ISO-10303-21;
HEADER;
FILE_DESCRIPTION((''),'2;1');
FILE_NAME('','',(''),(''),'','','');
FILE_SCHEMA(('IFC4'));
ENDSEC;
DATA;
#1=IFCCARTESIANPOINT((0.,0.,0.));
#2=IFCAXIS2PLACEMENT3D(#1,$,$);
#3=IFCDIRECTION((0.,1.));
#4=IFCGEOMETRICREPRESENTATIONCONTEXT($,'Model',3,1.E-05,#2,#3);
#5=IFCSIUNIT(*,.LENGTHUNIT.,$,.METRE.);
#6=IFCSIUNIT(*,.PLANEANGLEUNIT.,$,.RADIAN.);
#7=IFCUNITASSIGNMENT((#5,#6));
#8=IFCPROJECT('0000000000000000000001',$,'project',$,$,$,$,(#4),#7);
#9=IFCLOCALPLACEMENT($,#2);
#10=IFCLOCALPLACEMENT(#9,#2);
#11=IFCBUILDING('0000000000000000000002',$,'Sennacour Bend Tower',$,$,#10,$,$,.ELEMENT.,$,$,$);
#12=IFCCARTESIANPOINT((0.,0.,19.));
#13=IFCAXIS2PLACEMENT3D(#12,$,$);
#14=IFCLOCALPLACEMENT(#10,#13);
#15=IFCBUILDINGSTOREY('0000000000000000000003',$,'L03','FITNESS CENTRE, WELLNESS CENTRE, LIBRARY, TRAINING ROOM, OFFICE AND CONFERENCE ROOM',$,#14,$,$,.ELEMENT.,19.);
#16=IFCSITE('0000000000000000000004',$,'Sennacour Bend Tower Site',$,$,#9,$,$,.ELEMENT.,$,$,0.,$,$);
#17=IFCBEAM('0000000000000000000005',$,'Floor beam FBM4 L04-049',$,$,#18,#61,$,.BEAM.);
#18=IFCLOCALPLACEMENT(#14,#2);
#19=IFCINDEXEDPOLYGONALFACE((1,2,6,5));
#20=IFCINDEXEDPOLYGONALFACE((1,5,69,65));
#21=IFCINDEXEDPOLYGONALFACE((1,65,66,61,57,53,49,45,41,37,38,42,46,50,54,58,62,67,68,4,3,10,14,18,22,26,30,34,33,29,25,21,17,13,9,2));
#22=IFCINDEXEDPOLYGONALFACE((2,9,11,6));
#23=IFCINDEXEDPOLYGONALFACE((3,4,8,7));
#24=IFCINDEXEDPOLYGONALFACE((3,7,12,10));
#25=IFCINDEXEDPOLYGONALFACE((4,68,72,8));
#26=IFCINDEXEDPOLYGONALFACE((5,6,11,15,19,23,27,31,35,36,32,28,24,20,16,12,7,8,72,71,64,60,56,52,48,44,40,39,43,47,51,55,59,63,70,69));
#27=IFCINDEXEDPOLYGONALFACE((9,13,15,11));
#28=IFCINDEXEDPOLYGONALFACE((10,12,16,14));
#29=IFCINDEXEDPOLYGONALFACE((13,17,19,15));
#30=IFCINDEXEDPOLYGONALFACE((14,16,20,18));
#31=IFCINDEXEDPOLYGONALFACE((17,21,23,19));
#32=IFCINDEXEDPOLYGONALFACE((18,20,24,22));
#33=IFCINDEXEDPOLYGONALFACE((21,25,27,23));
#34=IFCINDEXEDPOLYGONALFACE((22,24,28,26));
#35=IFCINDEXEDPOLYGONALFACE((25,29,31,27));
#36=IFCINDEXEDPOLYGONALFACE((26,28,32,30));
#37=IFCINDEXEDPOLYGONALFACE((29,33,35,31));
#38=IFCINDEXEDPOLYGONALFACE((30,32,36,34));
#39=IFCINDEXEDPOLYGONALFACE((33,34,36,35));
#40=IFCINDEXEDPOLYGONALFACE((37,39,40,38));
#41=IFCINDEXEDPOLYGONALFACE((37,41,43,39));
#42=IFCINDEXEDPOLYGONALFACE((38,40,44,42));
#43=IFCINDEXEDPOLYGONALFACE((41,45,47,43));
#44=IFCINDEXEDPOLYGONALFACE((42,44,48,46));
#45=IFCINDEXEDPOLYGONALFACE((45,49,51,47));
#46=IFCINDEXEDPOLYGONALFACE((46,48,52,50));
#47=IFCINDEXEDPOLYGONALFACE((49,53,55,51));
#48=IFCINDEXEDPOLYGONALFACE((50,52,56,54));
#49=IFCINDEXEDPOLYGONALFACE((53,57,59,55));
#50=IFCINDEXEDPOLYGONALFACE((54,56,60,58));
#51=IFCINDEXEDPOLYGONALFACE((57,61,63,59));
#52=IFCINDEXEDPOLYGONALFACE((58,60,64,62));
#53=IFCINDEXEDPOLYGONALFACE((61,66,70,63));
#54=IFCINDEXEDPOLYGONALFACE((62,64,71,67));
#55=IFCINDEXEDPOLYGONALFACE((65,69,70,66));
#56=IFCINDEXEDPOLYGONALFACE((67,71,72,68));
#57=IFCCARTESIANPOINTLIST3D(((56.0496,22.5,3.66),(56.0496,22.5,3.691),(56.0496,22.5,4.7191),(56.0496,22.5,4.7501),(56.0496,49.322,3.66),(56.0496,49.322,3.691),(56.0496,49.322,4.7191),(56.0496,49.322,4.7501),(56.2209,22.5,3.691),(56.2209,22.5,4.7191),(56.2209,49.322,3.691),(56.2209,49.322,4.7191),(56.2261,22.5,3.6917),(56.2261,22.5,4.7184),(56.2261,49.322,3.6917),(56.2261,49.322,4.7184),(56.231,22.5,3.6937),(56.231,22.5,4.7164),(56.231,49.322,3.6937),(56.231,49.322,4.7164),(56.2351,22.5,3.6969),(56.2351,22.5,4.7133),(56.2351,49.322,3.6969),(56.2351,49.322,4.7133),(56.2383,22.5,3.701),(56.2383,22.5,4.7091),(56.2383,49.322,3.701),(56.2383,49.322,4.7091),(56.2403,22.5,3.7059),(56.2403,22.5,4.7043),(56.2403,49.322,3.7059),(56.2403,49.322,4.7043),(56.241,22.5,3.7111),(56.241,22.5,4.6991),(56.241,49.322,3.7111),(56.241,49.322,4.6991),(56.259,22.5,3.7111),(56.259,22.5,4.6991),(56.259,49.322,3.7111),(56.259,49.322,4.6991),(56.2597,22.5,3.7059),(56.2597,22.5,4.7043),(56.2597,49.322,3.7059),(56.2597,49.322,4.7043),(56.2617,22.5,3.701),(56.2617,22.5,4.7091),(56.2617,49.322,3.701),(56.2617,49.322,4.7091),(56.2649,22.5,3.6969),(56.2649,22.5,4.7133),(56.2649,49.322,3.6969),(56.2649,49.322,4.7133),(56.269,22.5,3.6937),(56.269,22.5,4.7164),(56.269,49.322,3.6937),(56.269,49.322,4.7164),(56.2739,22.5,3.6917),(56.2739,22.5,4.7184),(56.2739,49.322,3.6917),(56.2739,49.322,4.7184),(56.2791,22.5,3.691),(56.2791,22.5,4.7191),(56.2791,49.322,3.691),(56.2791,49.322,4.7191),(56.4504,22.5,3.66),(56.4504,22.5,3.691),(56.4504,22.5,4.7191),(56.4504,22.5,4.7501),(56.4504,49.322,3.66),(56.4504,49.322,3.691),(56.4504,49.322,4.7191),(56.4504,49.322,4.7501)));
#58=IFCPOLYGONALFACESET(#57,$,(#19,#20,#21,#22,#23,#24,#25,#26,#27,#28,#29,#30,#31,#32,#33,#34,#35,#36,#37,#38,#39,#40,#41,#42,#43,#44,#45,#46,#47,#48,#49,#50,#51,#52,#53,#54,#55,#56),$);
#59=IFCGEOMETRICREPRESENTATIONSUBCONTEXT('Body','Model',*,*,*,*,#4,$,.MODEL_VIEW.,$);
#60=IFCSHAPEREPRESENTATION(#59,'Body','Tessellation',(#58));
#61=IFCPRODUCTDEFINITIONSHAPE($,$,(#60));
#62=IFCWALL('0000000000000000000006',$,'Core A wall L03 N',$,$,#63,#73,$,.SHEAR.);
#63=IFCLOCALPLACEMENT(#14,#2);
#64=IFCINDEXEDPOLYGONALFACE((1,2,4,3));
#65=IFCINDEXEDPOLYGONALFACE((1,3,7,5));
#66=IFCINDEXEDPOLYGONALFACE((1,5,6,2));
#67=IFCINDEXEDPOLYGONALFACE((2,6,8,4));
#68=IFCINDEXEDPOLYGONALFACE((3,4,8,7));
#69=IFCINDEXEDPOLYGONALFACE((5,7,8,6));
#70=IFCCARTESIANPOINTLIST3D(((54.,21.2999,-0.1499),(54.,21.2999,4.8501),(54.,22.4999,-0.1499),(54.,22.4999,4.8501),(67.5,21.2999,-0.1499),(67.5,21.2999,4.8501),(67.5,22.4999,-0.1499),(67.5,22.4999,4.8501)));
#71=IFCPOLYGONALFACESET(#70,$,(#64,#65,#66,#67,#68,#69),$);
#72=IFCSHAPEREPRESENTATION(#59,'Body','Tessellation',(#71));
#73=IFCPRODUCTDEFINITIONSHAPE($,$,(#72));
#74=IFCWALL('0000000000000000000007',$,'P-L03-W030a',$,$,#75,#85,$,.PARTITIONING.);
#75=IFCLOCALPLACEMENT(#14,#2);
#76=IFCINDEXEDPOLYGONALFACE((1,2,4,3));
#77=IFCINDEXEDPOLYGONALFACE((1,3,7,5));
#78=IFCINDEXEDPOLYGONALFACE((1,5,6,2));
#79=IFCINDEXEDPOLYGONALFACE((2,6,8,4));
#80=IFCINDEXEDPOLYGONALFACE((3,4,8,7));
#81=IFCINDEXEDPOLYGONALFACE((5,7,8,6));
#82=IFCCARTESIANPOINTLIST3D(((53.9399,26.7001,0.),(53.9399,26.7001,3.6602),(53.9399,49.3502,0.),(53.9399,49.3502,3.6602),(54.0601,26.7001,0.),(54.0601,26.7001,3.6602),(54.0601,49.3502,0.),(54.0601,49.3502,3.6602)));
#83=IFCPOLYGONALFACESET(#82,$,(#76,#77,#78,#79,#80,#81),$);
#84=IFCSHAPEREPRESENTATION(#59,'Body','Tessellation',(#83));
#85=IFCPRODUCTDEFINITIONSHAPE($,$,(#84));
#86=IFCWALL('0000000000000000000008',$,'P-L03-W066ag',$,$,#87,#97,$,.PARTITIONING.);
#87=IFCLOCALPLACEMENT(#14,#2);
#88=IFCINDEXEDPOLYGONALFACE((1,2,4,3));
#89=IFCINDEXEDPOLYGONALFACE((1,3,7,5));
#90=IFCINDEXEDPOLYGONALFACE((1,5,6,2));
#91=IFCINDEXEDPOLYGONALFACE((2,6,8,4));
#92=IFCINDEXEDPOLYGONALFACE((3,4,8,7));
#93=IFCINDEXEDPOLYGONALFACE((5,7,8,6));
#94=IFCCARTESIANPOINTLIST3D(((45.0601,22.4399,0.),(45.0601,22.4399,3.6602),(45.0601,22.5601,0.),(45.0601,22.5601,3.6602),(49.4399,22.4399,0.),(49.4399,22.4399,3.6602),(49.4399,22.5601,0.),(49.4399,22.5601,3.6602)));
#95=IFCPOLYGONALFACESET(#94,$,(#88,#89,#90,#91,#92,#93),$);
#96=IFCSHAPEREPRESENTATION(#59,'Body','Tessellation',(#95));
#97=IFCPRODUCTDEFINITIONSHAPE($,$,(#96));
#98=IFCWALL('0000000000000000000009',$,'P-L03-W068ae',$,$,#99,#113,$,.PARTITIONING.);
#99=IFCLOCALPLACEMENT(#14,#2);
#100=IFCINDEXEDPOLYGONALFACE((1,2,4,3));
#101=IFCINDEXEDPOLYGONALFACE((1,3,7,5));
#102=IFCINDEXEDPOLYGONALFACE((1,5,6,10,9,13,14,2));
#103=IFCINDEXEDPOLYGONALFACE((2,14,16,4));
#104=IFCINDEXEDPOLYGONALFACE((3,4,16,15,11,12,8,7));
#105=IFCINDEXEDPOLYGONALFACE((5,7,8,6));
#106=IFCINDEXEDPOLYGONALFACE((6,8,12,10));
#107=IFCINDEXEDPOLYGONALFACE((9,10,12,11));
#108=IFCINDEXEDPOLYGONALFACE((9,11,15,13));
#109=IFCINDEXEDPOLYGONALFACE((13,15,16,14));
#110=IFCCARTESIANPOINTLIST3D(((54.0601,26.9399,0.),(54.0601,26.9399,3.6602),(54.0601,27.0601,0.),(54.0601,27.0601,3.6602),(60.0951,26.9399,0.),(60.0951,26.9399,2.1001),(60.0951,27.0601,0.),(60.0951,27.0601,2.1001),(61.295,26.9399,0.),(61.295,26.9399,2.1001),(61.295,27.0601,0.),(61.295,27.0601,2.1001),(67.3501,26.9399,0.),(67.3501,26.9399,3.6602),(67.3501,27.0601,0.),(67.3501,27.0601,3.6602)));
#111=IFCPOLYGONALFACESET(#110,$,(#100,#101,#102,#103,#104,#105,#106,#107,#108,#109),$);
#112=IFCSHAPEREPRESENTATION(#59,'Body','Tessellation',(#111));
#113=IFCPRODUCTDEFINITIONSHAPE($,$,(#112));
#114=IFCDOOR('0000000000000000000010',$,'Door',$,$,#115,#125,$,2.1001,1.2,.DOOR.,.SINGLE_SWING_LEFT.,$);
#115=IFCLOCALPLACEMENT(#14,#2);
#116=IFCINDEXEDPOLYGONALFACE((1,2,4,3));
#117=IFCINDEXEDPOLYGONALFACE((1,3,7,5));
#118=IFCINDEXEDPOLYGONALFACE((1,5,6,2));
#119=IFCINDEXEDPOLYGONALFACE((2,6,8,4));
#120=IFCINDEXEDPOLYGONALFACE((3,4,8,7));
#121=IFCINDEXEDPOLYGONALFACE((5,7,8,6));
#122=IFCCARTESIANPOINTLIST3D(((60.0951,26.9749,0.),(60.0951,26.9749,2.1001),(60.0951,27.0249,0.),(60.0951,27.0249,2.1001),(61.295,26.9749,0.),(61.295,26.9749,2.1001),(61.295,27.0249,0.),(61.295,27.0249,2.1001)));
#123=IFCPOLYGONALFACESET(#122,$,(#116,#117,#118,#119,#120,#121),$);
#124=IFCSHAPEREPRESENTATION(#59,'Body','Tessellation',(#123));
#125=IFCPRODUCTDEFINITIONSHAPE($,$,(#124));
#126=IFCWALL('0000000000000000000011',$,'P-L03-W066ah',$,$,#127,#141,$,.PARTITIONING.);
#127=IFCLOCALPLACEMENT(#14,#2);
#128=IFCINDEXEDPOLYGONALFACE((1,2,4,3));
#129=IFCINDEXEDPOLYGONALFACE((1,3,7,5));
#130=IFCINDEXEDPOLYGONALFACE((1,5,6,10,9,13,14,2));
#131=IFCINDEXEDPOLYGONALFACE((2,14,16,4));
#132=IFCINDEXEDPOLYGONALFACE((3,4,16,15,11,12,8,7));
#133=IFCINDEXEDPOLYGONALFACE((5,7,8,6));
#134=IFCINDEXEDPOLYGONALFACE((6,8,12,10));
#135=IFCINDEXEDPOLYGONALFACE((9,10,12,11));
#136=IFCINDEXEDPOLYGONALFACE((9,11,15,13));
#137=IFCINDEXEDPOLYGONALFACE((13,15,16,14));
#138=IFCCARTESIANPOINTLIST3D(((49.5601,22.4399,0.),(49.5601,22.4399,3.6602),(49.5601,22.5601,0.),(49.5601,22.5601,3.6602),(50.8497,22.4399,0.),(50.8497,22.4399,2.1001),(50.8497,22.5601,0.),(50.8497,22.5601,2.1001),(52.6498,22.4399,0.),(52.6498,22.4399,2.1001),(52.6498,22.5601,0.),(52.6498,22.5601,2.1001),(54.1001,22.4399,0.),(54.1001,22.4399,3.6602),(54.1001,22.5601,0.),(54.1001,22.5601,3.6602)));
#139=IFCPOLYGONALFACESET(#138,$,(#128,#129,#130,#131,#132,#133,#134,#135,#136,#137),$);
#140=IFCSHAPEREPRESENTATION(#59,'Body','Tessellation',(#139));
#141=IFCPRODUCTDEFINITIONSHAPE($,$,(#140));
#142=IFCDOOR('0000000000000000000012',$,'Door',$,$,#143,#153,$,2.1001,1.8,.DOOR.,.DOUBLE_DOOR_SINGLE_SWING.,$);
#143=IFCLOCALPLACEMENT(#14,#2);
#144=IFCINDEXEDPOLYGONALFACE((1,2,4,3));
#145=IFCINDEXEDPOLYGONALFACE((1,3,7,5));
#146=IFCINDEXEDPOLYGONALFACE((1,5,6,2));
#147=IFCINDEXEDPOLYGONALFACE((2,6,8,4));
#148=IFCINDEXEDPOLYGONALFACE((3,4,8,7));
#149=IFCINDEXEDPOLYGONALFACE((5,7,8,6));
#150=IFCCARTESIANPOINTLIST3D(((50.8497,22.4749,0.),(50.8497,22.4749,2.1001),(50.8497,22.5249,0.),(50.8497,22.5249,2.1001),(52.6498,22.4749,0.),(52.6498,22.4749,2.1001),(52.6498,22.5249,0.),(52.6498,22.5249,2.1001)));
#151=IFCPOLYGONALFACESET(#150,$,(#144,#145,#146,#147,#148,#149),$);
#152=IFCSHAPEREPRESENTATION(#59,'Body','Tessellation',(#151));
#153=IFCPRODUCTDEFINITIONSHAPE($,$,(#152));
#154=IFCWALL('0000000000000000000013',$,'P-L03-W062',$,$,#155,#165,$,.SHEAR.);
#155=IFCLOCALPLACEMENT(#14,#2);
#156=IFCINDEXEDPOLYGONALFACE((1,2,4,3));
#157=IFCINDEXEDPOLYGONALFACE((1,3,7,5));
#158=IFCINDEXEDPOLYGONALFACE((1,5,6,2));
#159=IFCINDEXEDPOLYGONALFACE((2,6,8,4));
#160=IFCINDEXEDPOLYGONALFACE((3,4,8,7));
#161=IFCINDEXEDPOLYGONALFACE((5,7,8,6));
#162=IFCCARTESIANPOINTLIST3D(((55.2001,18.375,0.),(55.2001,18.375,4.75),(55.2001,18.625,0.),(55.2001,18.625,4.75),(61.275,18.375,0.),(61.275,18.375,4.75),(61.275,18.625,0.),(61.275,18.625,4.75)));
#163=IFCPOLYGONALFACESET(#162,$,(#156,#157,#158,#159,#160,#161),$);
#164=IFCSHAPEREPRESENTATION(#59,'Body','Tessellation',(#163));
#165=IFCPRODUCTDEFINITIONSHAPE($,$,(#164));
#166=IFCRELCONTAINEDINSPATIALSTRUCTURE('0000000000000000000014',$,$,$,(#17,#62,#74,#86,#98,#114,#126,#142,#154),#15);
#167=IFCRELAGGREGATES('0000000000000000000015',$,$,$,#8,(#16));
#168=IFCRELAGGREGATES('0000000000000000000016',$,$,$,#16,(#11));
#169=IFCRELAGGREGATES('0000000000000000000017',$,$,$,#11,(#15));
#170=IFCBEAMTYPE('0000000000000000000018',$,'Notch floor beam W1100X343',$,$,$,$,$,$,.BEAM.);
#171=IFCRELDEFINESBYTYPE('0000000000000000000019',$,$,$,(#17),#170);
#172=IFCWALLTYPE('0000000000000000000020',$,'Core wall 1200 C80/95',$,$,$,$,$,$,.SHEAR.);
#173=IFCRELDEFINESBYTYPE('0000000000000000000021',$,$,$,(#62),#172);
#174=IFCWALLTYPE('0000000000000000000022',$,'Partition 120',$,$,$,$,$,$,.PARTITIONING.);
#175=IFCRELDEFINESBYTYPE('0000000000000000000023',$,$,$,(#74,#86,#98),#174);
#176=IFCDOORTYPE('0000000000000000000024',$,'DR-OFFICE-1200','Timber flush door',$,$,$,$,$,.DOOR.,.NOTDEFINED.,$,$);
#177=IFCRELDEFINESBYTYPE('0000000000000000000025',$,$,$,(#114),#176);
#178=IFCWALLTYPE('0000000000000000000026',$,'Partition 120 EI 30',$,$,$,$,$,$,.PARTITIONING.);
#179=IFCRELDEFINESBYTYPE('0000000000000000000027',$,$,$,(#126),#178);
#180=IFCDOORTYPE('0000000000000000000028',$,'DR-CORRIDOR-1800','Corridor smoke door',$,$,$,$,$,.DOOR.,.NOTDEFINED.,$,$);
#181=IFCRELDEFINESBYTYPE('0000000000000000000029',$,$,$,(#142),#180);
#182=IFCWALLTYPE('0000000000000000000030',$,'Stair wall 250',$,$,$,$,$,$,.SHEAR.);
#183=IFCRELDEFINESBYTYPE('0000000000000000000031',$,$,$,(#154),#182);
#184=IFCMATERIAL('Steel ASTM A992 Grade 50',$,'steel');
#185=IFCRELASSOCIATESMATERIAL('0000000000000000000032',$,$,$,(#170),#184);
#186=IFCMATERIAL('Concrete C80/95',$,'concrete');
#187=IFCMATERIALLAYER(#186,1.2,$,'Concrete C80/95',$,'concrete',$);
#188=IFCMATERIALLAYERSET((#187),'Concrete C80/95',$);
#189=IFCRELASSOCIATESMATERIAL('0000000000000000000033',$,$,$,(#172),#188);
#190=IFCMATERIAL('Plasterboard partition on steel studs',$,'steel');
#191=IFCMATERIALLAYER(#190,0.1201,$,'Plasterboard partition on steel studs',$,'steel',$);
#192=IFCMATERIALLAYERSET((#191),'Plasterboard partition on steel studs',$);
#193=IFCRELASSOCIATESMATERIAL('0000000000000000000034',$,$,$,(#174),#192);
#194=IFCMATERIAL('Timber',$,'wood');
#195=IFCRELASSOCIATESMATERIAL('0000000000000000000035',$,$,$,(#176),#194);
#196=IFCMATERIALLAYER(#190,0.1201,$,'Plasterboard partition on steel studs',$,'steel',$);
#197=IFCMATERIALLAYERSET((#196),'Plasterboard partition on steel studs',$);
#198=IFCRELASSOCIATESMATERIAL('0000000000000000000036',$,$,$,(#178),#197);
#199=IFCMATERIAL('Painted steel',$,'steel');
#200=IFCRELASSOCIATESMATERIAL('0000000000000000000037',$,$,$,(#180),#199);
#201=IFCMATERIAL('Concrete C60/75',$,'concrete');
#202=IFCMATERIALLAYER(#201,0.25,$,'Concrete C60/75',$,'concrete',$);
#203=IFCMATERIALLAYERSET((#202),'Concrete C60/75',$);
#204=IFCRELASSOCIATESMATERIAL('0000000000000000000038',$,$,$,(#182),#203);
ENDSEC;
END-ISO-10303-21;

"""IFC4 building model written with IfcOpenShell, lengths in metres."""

from ifc_helpers import new_model, si_unit, direction, frame, frame_2d, origin, origin_2d, place, context, subcontext, project, spatial, rectangle, i_section, extrude, material, layer, layer_set, material_profile, profile_set, type_object, element, fill, save


model = new_model("IFC4")

# Units and contexts
model_context = context("Model", 3, precision=1e-05, world=origin(), true_north=direction((0.0, 1.0)))
body_context = subcontext(model_context, "Body", "Model", "MODEL_VIEW")
ifc_project = project(units=[si_unit("LENGTHUNIT", "METRE"), si_unit("PLANEANGLEUNIT", "RADIAN")], contexts=[model_context])

# Site, building, storey
site_placement = place(None, origin())
site = spatial("IfcSite", under=ifc_project, at=site_placement, Name="Sennacour Bend Tower Site", CompositionType="ELEMENT", RefElevation=0.0)
building_placement = place(site_placement, origin())
building = spatial("IfcBuilding", under=site, at=building_placement, Name="Sennacour Bend Tower", CompositionType="ELEMENT")
storey_placement = place(building_placement, frame((0.0, 0.0, 19.0)))
storey = spatial("IfcBuildingStorey", under=building, at=storey_placement, Name="L03", Description="FITNESS CENTRE, WELLNESS CENTRE, LIBRARY, TRAINING ROOM, OFFICE AND CONFERENCE ROOM", CompositionType="ELEMENT", Elevation=19.0)

# Beam
ifc_material_1 = material(Name="Steel ASTM A992 Grade 50", Category="steel")
ifc_material_profile_1 = material_profile(ifc_material_1, i_section(OverallWidth=0.4009, OverallDepth=1.0901, WebThickness=0.0181, FlangeThickness=0.031, FilletRadius=0.02, at=origin_2d()), Name="Steel ASTM A992 Grade 50", Category="steel")
ifc_profile_set_1 = profile_set([ifc_material_profile_1], Name="Steel ASTM A992 Grade 50")
beam_type_1 = type_object("IfcBeamType", Name="Notch floor beam W1100X343", PredefinedType="BEAM", material=ifc_profile_set_1)
beam_1_placement = place(storey_placement, frame((56.25, 22.5, 4.2051), z_axis=(0.0, 1.0, 0.0), x_axis=(-1.0, 0.0, 0.0)))
element("IfcBeam", 1, at=beam_1_placement, inside=storey, type_object=beam_type_1, Name="Floor beam FBM4 L04-049", PredefinedType="BEAM", context=body_context, shape_type="SweptSolid", body=[
    extrude(i_section(OverallWidth=0.4009, OverallDepth=1.0901, WebThickness=0.0181, FlangeThickness=0.031, FilletRadius=0.02, at=origin_2d()), origin(), (0.0, 0.0, 1.0), 26.822),
])

# Walls
ifc_material_2 = material(Name="Concrete C80/95", Category="concrete")
ifc_layer_1 = layer(ifc_material_2, 1.2, Name="Concrete C80/95", Category="concrete")
ifc_layer_set_1 = layer_set([ifc_layer_1], Name="Concrete C80/95")
wall_type_1 = type_object("IfcWallType", Name="Core wall 1200 C80/95", PredefinedType="SHEAR", material=ifc_layer_set_1)
wall_1_placement = place(storey_placement, frame((54.0, 21.8999, -0.1499), z_axis=(0.0, 0.0, 1.0), x_axis=(1.0, 0.0, 0.0)))
element("IfcWall", 2, at=wall_1_placement, inside=storey, type_object=wall_type_1, Name="Core A wall L03 N", PredefinedType="SHEAR", context=body_context, shape_type="SweptSolid", body=[
    extrude(rectangle(XDim=13.5, YDim=1.2, at=frame_2d((6.75, 0.0))), origin(), (0.0, 0.0, 1.0), 5.0),
])
ifc_material_3 = material(Name="Plasterboard partition on steel studs", Category="steel")
ifc_layer_2 = layer(ifc_material_3, 0.1201, Name="Plasterboard partition on steel studs", Category="steel")
ifc_layer_set_2 = layer_set([ifc_layer_2], Name="Plasterboard partition on steel studs")
wall_type_2 = type_object("IfcWallType", Name="Partition 120", PredefinedType="PARTITIONING", material=ifc_layer_set_2)
wall_2_placement = place(storey_placement, frame((54.0, 26.7, 0.0), z_axis=(0.0, 0.0, 1.0), x_axis=(0.0, 1.0, 0.0)))
element("IfcWall", 3, at=wall_2_placement, inside=storey, type_object=wall_type_2, Name="P-L03-W030a", PredefinedType="PARTITIONING", context=body_context, shape_type="SweptSolid", body=[
    extrude(rectangle(XDim=22.6501, YDim=0.1201, at=frame_2d((11.3252, 0.0))), origin(), (0.0, 0.0, 1.0), 3.6602),
])
wall_3_placement = place(storey_placement, frame((45.0601, 22.5, 0.0), z_axis=(0.0, 0.0, 1.0), x_axis=(1.0, 0.0, 0.0)))
element("IfcWall", 4, at=wall_3_placement, inside=storey, type_object=wall_type_2, Name="P-L03-W066ag", PredefinedType="PARTITIONING", context=body_context, shape_type="SweptSolid", body=[
    extrude(rectangle(XDim=4.3799, YDim=0.1201, at=frame_2d((2.1899, 0.0))), origin(), (0.0, 0.0, 1.0), 3.6602),
])

# Walls, openings, doors
wall_4_placement = place(storey_placement, frame((54.0601, 27.0, 0.0), z_axis=(0.0, 0.0, 1.0), x_axis=(1.0, 0.0, 0.0)))
wall_4 = element("IfcWall", 5, at=wall_4_placement, inside=storey, type_object=wall_type_2, Name="P-L03-W068ae", PredefinedType="PARTITIONING", context=body_context, shape_type="SweptSolid", body=[
    extrude(rectangle(XDim=13.29, YDim=0.1201, at=frame_2d((6.645, 0.0))), origin(), (0.0, 0.0, 1.0), 3.6602),
])
opening_1_placement = place(wall_4_placement, frame((6.0349, 0.0, 0.0)))
opening_1 = element("IfcOpeningElement", 6, at=opening_1_placement, cuts=wall_4, PredefinedType="OPENING", context=body_context, shape_type="SweptSolid", body=[
    extrude(rectangle(XDim=1.2, YDim=2.1001, at=frame_2d((0.6001, 1.05))), frame((0.0, 0.0701, 0.0), z_axis=(0.0, -1.0, 0.0), x_axis=(1.0, 0.0, 0.0)), (0.0, 0.0, 1.0), 0.1401),
])
ifc_material_4 = material(Name="Timber", Category="wood")
door_type_1 = type_object("IfcDoorType", Name="DR-OFFICE-1200", Description="Timber flush door", OperationType="NOTDEFINED", PredefinedType="DOOR", material=ifc_material_4)
door_1_placement = place(opening_1_placement, origin())
door_1 = element("IfcDoor", 7, at=door_1_placement, inside=storey, type_object=door_type_1, Name="Door", OperationType="SINGLE_SWING_LEFT", OverallHeight=2.1001, OverallWidth=1.2, PredefinedType="DOOR", context=body_context, shape_type="SweptSolid", body=[
    extrude(rectangle(XDim=1.2, YDim=2.1001, at=frame_2d((0.6001, 1.05))), frame((0.0, 0.0249, 0.0), z_axis=(0.0, -1.0, 0.0), x_axis=(1.0, 0.0, 0.0)), (0.0, 0.0, 1.0), 0.05),
])
fill(opening_1, door_1)
ifc_layer_3 = layer(ifc_material_3, 0.1201, Name="Plasterboard partition on steel studs", Category="steel")
ifc_layer_set_3 = layer_set([ifc_layer_3], Name="Plasterboard partition on steel studs")
wall_type_3 = type_object("IfcWallType", Name="Partition 120 EI 30", PredefinedType="PARTITIONING", material=ifc_layer_set_3)
wall_5_placement = place(storey_placement, frame((49.5601, 22.5, 0.0), z_axis=(0.0, 0.0, 1.0), x_axis=(1.0, 0.0, 0.0)))
wall_5 = element("IfcWall", 8, at=wall_5_placement, inside=storey, type_object=wall_type_3, Name="P-L03-W066ah", PredefinedType="PARTITIONING", context=body_context, shape_type="SweptSolid", body=[
    extrude(rectangle(XDim=4.54, YDim=0.1201, at=frame_2d((2.27, 0.0))), origin(), (0.0, 0.0, 1.0), 3.6602),
])
opening_2_placement = place(wall_5_placement, frame((1.2898, 0.0, 0.0)))
opening_2 = element("IfcOpeningElement", 9, at=opening_2_placement, cuts=wall_5, PredefinedType="OPENING", context=body_context, shape_type="SweptSolid", body=[
    extrude(rectangle(XDim=1.8, YDim=2.1001, at=frame_2d((0.8999, 1.05))), frame((0.0, 0.0701, 0.0), z_axis=(0.0, -1.0, 0.0), x_axis=(1.0, 0.0, 0.0)), (0.0, 0.0, 1.0), 0.1401),
])
ifc_material_5 = material(Name="Painted steel", Category="steel")
door_type_2 = type_object("IfcDoorType", Name="DR-CORRIDOR-1800", Description="Corridor smoke door", OperationType="NOTDEFINED", PredefinedType="DOOR", material=ifc_material_5)
door_2_placement = place(opening_2_placement, origin())
door_2 = element("IfcDoor", 10, at=door_2_placement, inside=storey, type_object=door_type_2, Name="Door", OperationType="DOUBLE_DOOR_SINGLE_SWING", OverallHeight=2.1001, OverallWidth=1.8, PredefinedType="DOOR", context=body_context, shape_type="SweptSolid", body=[
    extrude(rectangle(XDim=1.8, YDim=2.1001, at=frame_2d((0.8999, 1.05))), frame((0.0, 0.0249, 0.0), z_axis=(0.0, -1.0, 0.0), x_axis=(1.0, 0.0, 0.0)), (0.0, 0.0, 1.0), 0.05),
])
fill(opening_2, door_2)

# Wall
ifc_material_6 = material(Name="Concrete C60/75", Category="concrete")
ifc_layer_4 = layer(ifc_material_6, 0.25, Name="Concrete C60/75", Category="concrete")
ifc_layer_set_4 = layer_set([ifc_layer_4], Name="Concrete C60/75")
wall_type_4 = type_object("IfcWallType", Name="Stair wall 250", PredefinedType="SHEAR", material=ifc_layer_set_4)
wall_6_placement = place(storey_placement, frame((55.2, 18.5, 0.0), z_axis=(0.0, 0.0, 1.0), x_axis=(1.0, 0.0, 0.0)))
element("IfcWall", 11, at=wall_6_placement, inside=storey, type_object=wall_type_4, Name="P-L03-W062", PredefinedType="SHEAR", context=body_context, shape_type="SweptSolid", body=[
    extrude(rectangle(XDim=6.075, YDim=0.25, at=frame_2d((3.0376, 0.0))), origin(), (0.0, 0.0, 1.0), 4.75),
])

save(model, "model.ifc")
